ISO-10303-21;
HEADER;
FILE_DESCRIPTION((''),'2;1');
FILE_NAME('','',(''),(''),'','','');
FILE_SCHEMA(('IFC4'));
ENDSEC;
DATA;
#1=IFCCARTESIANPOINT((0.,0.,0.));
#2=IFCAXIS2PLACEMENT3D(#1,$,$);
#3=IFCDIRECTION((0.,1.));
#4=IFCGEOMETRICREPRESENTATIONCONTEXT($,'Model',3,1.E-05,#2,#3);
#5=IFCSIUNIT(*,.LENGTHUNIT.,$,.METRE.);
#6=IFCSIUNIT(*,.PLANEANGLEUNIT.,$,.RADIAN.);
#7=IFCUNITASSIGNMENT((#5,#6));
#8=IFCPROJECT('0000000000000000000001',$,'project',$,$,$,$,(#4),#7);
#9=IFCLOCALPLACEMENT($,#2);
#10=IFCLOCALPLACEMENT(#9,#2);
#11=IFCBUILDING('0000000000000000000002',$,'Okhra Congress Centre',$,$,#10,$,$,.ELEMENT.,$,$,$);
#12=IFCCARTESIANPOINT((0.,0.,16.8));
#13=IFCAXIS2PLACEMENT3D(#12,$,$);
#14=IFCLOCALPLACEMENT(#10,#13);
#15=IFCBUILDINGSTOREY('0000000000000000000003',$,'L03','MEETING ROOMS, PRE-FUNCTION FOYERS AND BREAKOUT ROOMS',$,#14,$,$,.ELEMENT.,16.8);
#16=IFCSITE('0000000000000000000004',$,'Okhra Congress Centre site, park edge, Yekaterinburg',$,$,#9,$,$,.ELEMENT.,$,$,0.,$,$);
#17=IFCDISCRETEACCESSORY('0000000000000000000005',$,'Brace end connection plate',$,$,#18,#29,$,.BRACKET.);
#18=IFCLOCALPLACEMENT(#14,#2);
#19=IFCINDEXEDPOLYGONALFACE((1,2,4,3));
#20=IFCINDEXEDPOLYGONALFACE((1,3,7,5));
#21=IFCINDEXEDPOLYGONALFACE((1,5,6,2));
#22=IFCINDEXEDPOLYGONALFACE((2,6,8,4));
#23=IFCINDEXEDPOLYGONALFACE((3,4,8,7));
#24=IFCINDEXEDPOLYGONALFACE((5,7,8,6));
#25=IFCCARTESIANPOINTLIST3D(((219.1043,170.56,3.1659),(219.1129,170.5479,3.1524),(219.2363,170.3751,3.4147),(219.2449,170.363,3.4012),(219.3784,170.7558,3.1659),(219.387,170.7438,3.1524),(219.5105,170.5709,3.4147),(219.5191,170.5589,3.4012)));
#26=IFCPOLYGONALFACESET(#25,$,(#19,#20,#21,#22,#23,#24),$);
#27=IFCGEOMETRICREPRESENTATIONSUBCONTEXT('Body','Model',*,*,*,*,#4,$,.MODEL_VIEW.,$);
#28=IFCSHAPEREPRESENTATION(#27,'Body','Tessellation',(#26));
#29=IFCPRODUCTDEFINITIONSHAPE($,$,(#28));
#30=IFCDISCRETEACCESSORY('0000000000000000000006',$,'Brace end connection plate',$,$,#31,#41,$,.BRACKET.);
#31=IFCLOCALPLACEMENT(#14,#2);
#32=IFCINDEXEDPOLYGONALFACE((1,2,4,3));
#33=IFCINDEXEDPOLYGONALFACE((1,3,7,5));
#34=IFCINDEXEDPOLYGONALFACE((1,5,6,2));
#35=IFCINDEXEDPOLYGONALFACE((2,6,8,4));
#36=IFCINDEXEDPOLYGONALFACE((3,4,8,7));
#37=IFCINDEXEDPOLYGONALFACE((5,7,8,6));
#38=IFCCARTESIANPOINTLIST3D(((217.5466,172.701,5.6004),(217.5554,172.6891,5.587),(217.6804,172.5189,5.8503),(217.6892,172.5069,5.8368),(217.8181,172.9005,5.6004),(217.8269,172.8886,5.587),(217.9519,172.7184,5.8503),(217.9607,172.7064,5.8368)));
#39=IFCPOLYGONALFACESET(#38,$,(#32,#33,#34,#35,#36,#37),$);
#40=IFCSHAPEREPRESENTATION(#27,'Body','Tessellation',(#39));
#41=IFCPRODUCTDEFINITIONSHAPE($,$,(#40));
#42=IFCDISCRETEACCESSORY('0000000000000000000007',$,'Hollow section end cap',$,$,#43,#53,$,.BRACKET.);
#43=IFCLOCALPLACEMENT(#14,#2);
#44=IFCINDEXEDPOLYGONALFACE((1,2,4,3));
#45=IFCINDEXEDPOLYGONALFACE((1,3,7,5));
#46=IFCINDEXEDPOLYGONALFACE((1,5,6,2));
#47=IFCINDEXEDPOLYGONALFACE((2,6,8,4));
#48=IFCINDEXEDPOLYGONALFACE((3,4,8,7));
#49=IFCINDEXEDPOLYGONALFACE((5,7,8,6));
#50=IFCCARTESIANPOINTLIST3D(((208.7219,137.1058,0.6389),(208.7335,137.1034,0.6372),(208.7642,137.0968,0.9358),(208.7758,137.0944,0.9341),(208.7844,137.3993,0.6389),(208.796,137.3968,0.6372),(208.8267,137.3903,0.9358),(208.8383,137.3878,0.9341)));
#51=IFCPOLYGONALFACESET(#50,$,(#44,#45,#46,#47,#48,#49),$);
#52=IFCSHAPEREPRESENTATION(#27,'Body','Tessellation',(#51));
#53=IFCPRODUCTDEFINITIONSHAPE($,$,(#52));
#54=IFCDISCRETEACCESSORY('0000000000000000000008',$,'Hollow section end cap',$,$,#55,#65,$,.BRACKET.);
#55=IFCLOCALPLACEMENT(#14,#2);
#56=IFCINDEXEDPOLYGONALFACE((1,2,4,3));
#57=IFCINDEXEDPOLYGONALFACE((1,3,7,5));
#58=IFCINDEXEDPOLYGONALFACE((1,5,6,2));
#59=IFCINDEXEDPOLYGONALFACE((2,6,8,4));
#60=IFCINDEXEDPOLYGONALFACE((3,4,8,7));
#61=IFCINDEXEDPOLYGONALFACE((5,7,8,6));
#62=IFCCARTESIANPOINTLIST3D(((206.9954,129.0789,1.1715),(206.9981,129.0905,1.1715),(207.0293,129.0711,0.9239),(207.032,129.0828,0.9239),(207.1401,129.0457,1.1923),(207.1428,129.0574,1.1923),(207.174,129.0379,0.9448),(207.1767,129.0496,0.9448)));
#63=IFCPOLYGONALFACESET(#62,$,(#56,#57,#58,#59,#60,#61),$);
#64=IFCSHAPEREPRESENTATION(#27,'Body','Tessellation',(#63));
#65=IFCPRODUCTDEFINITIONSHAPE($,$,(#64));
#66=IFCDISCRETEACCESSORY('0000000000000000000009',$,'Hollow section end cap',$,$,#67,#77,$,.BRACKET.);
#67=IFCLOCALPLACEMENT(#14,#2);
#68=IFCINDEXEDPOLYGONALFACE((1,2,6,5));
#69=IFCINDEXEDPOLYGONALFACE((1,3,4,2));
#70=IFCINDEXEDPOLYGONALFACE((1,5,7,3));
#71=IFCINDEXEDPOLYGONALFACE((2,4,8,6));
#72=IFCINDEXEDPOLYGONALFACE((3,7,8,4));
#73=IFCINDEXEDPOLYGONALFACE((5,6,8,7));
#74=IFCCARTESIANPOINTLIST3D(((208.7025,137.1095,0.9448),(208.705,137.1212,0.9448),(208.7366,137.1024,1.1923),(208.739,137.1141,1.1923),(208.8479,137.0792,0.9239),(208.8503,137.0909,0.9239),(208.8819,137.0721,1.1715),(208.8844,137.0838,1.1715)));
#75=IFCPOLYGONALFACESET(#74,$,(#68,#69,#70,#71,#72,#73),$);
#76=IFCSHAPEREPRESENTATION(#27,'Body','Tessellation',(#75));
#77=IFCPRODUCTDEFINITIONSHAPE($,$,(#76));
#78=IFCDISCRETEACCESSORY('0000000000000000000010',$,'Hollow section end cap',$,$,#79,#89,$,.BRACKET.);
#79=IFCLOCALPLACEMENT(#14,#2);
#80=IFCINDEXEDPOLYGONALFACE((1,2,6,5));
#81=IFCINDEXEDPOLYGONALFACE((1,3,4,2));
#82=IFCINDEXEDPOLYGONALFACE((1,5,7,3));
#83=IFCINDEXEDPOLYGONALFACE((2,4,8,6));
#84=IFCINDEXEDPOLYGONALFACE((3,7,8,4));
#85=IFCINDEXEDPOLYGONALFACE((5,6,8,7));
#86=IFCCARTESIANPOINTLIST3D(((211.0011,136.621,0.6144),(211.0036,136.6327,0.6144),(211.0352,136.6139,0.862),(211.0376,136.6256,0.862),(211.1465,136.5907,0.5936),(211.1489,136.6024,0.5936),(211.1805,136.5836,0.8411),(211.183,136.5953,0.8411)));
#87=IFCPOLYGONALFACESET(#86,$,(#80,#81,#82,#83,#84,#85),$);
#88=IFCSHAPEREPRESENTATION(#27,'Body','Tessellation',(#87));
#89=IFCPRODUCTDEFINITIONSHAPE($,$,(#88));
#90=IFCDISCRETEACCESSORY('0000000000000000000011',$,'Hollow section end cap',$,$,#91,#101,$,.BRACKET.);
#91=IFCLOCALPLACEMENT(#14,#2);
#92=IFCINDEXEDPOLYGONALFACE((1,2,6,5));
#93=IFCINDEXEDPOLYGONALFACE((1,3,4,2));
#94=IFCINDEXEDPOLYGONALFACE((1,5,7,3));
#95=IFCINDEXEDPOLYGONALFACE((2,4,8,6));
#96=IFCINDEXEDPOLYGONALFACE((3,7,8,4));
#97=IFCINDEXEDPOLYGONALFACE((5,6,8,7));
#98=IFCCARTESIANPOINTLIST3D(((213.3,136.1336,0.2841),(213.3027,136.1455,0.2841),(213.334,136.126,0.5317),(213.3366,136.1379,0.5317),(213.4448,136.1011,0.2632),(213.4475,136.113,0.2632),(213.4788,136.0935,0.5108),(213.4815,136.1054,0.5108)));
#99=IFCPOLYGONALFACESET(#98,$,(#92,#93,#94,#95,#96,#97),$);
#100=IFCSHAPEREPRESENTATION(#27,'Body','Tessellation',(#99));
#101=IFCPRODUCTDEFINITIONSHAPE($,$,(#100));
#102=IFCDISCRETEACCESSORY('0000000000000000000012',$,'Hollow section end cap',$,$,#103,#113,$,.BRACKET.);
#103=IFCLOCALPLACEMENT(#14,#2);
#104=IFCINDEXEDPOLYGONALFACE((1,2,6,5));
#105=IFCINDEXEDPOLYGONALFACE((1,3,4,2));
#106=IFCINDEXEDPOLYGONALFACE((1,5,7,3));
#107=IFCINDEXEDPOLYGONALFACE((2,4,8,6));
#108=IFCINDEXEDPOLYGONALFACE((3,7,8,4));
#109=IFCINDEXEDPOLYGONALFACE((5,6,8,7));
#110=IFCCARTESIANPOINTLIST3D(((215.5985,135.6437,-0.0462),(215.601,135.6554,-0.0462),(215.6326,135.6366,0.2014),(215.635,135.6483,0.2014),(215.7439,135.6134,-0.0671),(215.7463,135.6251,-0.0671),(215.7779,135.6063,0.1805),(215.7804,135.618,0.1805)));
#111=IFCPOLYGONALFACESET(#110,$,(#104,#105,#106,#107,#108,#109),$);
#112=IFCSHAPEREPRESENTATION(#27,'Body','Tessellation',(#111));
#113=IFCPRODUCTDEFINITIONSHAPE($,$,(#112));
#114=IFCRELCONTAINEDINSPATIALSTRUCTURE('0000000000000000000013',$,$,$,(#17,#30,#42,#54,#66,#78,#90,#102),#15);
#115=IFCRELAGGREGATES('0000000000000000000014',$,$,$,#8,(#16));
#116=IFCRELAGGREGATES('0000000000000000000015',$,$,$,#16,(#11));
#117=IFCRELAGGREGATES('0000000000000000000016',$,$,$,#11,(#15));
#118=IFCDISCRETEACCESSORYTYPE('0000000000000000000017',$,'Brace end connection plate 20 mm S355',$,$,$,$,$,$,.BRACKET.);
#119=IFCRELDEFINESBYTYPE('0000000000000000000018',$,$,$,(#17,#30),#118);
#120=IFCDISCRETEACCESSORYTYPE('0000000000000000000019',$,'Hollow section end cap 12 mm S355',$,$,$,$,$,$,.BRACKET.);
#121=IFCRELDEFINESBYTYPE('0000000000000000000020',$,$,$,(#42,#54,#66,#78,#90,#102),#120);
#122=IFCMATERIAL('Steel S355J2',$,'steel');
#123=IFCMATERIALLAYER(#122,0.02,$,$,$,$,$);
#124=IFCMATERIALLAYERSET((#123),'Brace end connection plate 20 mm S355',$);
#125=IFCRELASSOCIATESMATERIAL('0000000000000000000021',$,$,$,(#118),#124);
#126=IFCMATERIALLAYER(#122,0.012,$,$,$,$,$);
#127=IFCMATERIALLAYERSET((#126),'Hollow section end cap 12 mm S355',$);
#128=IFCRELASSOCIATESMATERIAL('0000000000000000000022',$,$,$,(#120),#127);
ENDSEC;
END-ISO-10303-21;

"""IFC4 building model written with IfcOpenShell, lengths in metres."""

from ifc_helpers import new_model, si_unit, direction, frame, origin, origin_2d, place, context, subcontext, project, spatial, rectangle, extrude, material, layer, layer_set, type_object, element, save


model = new_model("IFC4")

# Units and contexts
model_context = context("Model", 3, precision=1e-05, world=origin(), true_north=direction((0.0, 1.0)))
body_context = subcontext(model_context, "Body", "Model", "MODEL_VIEW")
ifc_project = project(units=[si_unit("LENGTHUNIT", "METRE"), si_unit("PLANEANGLEUNIT", "RADIAN")], contexts=[model_context])

# Site, building, storey
site_placement = place(None, origin())
site = spatial("IfcSite", under=ifc_project, at=site_placement, Name="Okhra Congress Centre site, park edge, Yekaterinburg", CompositionType="ELEMENT", RefElevation=0.0)
building_placement = place(site_placement, origin())
building = spatial("IfcBuilding", under=site, at=building_placement, Name="Okhra Congress Centre", CompositionType="ELEMENT")
storey_placement = place(building_placement, frame((0.0, 0.0, 16.8)))
storey = spatial("IfcBuildingStorey", under=building, at=storey_placement, Name="L03", Description="MEETING ROOMS, PRE-FUNCTION FOYERS AND BREAKOUT ROOMS", CompositionType="ELEMENT", Elevation=16.8)

# Shared definitions
ifc_material_1 = material(Name="Steel S355J2", Category="steel")

# Discrete accessories
ifc_layer_1 = layer(ifc_material_1, 0.02)
ifc_layer_set_1 = layer_set([ifc_layer_1], Name="Brace end connection plate 20 mm S355")
discrete_accessory_type_1 = type_object("IfcDiscreteAccessoryType", Name="Brace end connection plate 20 mm S355", PredefinedType="BRACKET", material=ifc_layer_set_1)
for number, where, z_axis, x_axis, name in (
    (1, (219.3074, 170.5654, 3.2903), (0.429165, -0.600831, -0.674403), (0.813733, 0.581238, 0.0), "Brace end connection plate"),
    (2, (217.7581, 172.6978, 5.7119), (-0.43909, 0.59765, 0.670831), (-0.805882, -0.592076, 0.0), "Brace end connection plate"),
):
    element("IfcDiscreteAccessory", number, at=place(storey_placement, frame(where, z_axis=z_axis, x_axis=x_axis)), inside=storey, type_object=discrete_accessory_type_1, Name=name, PredefinedType="BRACKET", context=body_context, shape_type="SweptSolid", body=[
        extrude(rectangle(XDim=0.3369, YDim=0.3369, at=origin_2d()), origin(), (0.0, 0.0, 1.0), 0.02),
    ])
ifc_layer_2 = layer(ifc_material_1, 0.012)
ifc_layer_set_2 = layer_set([ifc_layer_2], Name="Hollow section end cap 12 mm S355")
discrete_accessory_type_2 = type_object("IfcDiscreteAccessoryType", Name="Hollow section end cap 12 mm S355", PredefinedType="BRACKET", material=ifc_layer_set_2)
discrete_accessory_1_placement = place(storey_placement, frame((208.7859, 137.2456, 0.7856), z_axis=(-0.96789, 0.205934, 0.144154), x_axis=(-0.208108, -0.978106, 0.0)))
element("IfcDiscreteAccessory", 3, at=discrete_accessory_1_placement, inside=storey, type_object=discrete_accessory_type_2, Name="Hollow section end cap", PredefinedType="BRACKET", context=body_context, shape_type="SweptSolid", body=[
    extrude(rectangle(XDim=0.3, YDim=0.3, at=origin_2d()), origin(), (0.0, 0.0, 1.0), 0.012),
])
for number, where, z_axis, x_axis, name in (
    (4, (207.0874, 129.0701, 1.0581), (-0.223376, -0.974732, 0.0), (0.965246, -0.221202, 0.139173), "Hollow section end cap"),
    (5, (208.7922, 137.0908, 1.0581), (0.203954, 0.97898, 0.0), (-0.969453, 0.201969, 0.139173), "Hollow section end cap"),
    (6, (211.0908, 136.6023, 0.7278), (0.203954, 0.97898, 0.0), (-0.969453, 0.201969, 0.139173), "Hollow section end cap"),
):
    element("IfcDiscreteAccessory", number, at=place(storey_placement, frame(where, z_axis=z_axis, x_axis=x_axis)), inside=storey, type_object=discrete_accessory_type_2, Name=name, PredefinedType="BRACKET", context=body_context, shape_type="SweptSolid", body=[
        extrude(rectangle(XDim=0.1499, YDim=0.25, at=origin_2d()), origin(), (0.0, 0.0, 1.0), 0.012),
    ])
discrete_accessory_2_placement = place(storey_placement, frame((213.3894, 136.1135, 0.3975), z_axis=(0.219038, 0.975716, 0.0), x_axis=(-0.966221, 0.216907, 0.139173)))
element("IfcDiscreteAccessory", 7, at=discrete_accessory_2_placement, inside=storey, type_object=discrete_accessory_type_2, Name="Hollow section end cap", PredefinedType="BRACKET", context=body_context, shape_type="SweptSolid", body=[
    extrude(rectangle(XDim=0.1499, YDim=0.25, at=origin_2d()), origin(), (0.0, 0.0, 1.0), 0.0122),
])
discrete_accessory_3_placement = place(storey_placement, frame((215.6882, 135.625, 0.0671), z_axis=(0.203954, 0.97898, 0.0), x_axis=(-0.969453, 0.201969, 0.139173)))
element("IfcDiscreteAccessory", 8, at=discrete_accessory_3_placement, inside=storey, type_object=discrete_accessory_type_2, Name="Hollow section end cap", PredefinedType="BRACKET", context=body_context, shape_type="SweptSolid", body=[
    extrude(rectangle(XDim=0.1499, YDim=0.25, at=origin_2d()), origin(), (0.0, 0.0, 1.0), 0.012),
])

save(model, "model.ifc")
